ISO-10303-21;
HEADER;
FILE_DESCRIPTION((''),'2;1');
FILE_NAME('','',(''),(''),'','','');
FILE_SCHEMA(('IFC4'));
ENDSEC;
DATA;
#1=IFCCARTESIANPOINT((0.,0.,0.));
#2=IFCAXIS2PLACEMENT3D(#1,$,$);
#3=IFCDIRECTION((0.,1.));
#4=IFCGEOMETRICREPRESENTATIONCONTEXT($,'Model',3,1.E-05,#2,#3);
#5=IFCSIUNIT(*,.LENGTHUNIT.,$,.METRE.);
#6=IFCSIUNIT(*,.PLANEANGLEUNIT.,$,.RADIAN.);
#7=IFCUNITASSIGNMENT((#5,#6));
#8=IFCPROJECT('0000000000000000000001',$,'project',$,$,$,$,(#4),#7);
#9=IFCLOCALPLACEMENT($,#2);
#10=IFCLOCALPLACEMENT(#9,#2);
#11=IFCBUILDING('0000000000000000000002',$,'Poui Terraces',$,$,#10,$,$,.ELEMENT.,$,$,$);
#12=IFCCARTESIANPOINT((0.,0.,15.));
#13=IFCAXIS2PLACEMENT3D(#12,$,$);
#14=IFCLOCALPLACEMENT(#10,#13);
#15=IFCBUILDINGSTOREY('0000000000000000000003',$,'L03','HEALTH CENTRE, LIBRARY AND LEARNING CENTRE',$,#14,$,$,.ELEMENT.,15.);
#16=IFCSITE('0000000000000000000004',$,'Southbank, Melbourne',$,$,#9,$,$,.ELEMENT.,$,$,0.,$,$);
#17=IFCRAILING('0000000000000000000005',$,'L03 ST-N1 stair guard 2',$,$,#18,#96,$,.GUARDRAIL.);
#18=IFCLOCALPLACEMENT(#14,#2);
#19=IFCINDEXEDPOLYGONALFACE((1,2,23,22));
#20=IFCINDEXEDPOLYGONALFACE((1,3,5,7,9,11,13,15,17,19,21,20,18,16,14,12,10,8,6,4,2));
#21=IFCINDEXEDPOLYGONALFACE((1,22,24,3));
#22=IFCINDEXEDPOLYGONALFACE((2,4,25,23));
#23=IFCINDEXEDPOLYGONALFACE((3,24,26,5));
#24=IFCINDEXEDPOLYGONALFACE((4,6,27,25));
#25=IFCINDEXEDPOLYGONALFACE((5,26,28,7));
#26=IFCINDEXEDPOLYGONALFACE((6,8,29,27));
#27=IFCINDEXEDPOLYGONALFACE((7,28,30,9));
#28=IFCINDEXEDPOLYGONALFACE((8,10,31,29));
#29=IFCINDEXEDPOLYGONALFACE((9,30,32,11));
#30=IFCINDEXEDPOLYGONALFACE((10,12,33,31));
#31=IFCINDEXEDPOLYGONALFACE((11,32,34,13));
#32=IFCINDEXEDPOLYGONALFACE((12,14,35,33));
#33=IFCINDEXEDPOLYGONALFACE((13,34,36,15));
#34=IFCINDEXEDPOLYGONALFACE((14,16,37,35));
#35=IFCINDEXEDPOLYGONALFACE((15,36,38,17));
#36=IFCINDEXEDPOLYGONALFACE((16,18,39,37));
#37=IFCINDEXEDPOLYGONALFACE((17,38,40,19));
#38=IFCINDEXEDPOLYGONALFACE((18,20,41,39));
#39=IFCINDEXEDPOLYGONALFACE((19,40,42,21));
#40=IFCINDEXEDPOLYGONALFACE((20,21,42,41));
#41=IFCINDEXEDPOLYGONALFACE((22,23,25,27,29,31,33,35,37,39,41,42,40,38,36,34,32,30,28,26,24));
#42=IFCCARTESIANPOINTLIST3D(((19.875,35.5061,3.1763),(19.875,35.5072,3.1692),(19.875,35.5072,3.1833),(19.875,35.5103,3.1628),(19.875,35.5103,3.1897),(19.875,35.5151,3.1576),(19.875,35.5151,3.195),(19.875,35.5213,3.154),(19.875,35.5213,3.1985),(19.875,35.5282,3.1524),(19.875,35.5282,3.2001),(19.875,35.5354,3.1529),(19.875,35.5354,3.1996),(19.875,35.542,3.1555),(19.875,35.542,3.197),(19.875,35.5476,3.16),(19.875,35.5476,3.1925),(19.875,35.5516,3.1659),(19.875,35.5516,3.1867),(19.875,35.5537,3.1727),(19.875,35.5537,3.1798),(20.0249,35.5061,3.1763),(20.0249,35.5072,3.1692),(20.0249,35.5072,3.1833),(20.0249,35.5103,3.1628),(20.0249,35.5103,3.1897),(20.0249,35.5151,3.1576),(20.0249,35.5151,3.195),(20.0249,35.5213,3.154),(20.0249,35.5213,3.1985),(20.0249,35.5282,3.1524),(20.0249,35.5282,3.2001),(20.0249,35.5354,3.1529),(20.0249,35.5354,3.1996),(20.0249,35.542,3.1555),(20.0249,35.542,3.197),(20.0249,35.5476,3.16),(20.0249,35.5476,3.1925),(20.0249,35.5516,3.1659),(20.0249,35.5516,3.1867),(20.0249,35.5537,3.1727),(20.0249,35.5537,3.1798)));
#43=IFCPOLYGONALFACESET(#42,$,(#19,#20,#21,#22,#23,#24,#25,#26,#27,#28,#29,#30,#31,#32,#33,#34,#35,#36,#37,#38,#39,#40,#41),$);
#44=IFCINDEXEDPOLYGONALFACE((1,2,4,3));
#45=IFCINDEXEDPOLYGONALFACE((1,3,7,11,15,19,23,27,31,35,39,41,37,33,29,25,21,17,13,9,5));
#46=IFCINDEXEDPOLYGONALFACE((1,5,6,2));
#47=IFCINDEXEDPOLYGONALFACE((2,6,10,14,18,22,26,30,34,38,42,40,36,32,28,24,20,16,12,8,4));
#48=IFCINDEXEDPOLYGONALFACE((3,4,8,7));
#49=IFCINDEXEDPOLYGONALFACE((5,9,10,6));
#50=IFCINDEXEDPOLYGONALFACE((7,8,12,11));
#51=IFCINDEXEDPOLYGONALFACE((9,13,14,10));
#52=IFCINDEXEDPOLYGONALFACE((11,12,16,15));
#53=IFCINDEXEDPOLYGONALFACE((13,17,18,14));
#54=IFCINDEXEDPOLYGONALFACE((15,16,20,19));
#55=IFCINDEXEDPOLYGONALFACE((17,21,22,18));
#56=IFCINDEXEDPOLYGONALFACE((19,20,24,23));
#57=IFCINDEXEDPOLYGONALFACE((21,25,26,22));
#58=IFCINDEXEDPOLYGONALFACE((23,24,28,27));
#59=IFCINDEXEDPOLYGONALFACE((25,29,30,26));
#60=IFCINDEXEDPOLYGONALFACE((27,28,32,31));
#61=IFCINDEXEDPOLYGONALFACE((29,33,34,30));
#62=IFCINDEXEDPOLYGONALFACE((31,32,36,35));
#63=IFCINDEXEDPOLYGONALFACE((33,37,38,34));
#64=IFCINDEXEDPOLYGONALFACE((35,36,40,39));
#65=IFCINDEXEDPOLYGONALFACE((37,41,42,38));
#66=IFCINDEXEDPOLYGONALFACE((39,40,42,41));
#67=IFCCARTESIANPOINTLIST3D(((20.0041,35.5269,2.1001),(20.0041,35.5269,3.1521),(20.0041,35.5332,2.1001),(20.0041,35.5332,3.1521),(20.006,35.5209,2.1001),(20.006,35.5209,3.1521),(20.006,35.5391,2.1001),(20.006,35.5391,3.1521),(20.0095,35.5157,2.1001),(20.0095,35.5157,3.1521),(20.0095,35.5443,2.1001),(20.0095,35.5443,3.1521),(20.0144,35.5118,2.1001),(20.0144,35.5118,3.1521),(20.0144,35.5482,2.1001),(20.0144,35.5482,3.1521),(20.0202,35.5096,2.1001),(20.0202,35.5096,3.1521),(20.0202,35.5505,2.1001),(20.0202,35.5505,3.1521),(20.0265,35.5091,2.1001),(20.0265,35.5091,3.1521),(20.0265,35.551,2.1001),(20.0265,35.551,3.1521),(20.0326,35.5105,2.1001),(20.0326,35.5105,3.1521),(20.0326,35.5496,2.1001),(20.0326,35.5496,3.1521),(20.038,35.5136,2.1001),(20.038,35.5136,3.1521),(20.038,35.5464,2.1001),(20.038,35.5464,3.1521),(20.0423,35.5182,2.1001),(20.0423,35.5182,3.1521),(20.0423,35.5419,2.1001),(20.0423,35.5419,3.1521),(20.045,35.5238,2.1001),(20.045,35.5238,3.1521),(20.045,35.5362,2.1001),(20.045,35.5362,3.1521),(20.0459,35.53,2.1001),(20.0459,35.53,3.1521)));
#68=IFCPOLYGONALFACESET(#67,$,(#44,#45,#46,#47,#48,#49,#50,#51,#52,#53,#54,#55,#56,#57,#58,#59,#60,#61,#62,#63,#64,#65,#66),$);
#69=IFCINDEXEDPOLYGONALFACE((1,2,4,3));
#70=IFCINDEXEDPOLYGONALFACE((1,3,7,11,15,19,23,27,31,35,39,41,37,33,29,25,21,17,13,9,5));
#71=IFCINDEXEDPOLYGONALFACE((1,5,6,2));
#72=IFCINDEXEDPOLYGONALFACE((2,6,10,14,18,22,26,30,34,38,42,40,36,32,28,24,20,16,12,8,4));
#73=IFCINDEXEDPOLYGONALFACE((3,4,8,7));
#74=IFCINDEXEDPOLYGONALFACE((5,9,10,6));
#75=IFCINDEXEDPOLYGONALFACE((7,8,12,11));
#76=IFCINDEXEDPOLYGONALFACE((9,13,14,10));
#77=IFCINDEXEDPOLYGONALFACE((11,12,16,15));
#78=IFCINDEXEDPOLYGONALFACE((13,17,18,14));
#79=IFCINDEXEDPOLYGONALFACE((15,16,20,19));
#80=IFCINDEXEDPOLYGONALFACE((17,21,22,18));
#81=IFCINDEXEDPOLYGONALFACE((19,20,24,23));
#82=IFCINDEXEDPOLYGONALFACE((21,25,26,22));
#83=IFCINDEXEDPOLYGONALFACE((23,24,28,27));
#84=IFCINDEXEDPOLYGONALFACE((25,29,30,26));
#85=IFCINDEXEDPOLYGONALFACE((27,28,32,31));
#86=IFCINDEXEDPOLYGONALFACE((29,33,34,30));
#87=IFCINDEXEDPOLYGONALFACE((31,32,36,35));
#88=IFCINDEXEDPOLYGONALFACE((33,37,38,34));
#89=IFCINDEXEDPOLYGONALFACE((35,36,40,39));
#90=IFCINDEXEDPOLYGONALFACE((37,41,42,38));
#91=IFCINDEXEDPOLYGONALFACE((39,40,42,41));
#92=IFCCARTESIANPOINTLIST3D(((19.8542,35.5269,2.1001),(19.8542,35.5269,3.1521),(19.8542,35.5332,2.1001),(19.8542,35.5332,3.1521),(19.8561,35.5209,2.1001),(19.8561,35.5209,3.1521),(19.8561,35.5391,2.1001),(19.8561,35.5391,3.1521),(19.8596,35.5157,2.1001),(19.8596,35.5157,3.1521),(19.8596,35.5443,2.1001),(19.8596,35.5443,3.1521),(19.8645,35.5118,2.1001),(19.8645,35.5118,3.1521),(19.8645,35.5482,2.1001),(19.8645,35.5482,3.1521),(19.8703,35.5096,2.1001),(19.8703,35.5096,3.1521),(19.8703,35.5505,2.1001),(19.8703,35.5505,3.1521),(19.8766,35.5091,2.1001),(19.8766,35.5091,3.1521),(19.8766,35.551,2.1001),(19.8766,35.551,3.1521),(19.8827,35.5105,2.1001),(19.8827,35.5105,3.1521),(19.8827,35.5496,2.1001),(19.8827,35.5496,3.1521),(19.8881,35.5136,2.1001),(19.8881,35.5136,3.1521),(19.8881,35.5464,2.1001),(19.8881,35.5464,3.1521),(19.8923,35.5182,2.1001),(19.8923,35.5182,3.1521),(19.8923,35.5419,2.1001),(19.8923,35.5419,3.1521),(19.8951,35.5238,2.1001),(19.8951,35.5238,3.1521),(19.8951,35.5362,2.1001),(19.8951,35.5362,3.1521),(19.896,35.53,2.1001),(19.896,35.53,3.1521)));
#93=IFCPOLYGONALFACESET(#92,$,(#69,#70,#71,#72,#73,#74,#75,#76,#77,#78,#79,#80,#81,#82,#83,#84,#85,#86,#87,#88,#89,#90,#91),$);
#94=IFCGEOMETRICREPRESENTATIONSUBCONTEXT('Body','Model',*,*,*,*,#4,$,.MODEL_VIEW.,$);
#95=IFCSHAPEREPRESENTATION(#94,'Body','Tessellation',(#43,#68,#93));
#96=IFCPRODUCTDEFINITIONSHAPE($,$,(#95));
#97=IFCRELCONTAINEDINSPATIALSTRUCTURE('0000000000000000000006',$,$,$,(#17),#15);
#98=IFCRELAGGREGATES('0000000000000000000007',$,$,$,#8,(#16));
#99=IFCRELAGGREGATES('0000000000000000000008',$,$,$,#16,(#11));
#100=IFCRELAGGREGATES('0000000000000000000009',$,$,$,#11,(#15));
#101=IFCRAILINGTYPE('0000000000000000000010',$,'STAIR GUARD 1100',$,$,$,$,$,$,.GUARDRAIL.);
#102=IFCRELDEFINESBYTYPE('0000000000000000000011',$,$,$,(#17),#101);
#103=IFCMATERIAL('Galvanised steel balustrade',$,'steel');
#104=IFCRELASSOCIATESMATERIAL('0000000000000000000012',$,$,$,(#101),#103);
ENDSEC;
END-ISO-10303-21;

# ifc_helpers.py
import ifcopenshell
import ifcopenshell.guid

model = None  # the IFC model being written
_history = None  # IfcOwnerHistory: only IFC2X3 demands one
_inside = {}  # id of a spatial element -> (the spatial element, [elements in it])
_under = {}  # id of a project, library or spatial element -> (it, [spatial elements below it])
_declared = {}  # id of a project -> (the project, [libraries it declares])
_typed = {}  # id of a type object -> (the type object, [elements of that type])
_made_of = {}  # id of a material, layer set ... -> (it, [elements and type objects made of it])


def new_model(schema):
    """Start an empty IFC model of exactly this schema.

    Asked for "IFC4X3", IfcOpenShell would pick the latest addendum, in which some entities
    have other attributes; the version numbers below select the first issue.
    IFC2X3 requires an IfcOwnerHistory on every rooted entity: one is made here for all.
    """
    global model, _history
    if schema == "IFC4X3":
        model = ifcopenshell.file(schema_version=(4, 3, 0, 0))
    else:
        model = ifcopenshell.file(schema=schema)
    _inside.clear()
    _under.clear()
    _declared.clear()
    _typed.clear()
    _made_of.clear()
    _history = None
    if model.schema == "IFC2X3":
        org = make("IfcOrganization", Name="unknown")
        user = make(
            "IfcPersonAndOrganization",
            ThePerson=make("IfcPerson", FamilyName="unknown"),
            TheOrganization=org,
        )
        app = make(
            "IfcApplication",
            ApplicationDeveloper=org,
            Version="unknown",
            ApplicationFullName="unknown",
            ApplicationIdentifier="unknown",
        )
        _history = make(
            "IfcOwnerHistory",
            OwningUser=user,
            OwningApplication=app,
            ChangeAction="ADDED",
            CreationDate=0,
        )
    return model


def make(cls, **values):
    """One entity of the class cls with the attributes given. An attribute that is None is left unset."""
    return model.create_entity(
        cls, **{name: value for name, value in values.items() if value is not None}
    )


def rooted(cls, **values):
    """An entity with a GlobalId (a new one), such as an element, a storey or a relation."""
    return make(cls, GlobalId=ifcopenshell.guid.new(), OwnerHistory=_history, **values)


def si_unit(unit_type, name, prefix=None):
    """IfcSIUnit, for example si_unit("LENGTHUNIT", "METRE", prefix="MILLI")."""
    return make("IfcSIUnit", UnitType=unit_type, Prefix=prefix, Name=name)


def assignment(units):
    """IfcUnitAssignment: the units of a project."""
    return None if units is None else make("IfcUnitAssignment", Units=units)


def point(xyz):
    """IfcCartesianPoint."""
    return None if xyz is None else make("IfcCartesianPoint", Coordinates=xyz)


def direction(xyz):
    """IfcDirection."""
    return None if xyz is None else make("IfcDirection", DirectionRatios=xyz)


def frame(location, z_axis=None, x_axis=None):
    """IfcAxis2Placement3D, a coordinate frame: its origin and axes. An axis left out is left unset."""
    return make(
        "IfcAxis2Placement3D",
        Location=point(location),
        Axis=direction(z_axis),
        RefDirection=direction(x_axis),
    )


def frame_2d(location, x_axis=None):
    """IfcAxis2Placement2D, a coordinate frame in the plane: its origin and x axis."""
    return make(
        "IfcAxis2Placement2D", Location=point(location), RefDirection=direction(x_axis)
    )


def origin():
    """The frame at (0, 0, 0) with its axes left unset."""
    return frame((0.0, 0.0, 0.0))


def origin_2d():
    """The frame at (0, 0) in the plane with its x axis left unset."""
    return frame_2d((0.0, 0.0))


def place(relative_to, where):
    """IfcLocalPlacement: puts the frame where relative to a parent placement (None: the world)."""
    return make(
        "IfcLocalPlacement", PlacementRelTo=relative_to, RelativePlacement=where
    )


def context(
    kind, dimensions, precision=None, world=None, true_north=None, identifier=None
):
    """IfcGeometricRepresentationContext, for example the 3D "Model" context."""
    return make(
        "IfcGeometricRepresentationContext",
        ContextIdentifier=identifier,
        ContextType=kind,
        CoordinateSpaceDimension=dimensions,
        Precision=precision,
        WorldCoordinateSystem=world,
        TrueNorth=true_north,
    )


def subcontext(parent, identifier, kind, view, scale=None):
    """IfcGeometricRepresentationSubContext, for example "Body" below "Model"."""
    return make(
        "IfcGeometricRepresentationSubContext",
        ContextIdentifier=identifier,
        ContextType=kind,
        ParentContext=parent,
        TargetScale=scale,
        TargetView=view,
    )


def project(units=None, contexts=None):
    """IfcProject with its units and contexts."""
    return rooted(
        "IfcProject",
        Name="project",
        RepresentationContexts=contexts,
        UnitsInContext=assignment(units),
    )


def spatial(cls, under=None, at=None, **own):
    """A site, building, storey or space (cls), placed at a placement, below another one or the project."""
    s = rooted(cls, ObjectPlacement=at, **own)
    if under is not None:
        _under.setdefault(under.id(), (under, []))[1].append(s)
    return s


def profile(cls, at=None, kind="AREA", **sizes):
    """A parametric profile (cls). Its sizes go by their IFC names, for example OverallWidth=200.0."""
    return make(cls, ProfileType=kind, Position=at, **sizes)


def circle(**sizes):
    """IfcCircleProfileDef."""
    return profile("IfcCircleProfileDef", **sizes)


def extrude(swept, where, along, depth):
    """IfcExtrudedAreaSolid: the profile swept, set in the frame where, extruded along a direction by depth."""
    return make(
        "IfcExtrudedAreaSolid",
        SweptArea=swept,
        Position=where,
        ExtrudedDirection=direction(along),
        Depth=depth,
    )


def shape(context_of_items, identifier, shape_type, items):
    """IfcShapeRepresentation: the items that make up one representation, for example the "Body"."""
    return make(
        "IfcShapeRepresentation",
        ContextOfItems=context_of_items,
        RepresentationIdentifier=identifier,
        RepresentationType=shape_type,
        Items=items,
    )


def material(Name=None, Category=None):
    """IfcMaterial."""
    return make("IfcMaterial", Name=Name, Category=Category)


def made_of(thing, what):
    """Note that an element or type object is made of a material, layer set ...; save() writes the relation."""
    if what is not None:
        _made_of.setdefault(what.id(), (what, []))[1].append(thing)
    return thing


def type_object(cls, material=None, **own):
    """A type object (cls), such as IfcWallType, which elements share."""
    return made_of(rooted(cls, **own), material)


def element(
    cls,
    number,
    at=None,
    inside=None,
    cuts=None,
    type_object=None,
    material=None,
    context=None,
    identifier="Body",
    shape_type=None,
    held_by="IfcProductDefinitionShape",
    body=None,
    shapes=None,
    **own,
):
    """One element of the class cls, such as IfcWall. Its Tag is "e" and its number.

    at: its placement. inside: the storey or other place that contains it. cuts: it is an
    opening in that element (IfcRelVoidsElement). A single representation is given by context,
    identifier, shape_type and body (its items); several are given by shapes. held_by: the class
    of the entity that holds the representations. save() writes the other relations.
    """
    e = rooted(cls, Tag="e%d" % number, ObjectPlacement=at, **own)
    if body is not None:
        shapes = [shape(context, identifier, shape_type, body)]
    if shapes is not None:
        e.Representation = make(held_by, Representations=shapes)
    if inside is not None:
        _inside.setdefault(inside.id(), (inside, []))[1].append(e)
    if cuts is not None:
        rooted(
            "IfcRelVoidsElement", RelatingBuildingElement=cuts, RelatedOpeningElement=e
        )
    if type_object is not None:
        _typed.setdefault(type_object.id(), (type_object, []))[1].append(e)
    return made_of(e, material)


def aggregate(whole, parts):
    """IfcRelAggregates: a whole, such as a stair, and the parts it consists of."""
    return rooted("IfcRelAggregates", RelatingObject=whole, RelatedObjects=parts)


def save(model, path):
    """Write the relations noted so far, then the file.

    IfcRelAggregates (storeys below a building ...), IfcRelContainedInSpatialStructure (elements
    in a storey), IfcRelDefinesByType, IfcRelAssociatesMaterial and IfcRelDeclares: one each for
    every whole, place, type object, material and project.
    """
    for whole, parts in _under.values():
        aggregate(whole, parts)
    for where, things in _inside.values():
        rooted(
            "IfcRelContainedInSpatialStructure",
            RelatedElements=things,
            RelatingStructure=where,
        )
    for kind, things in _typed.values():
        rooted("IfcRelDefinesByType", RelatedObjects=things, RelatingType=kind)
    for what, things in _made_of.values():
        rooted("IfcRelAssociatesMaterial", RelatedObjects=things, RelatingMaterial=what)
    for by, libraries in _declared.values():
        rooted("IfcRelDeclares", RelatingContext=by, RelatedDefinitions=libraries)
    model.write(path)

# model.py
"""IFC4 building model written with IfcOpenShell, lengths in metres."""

from ifc_helpers import new_model, si_unit, direction, frame, origin, origin_2d, place, context, subcontext, project, spatial, circle, extrude, material, type_object, element, save


model = new_model("IFC4")

# Units and contexts
model_context = context("Model", 3, precision=1e-05, world=origin(), true_north=direction((0.0, 1.0)))
body_context = subcontext(model_context, "Body", "Model", "MODEL_VIEW")
ifc_project = project(units=[si_unit("LENGTHUNIT", "METRE"), si_unit("PLANEANGLEUNIT", "RADIAN")], contexts=[model_context])

# Site, building, storey
site_placement = place(None, origin())
site = spatial("IfcSite", under=ifc_project, at=site_placement, Name="Southbank, Melbourne", CompositionType="ELEMENT", RefElevation=0.0)
building_placement = place(site_placement, origin())
building = spatial("IfcBuilding", under=site, at=building_placement, Name="Poui Terraces", CompositionType="ELEMENT")
storey_placement = place(building_placement, frame((0.0, 0.0, 15.0)))
storey = spatial("IfcBuildingStorey", under=building, at=storey_placement, Name="L03", Description="HEALTH CENTRE, LIBRARY AND LEARNING CENTRE", CompositionType="ELEMENT", Elevation=15.0)

# Railing
ifc_material_1 = material(Name="Galvanised steel balustrade", Category="steel")
railing_type_1 = type_object("IfcRailingType", Name="STAIR GUARD 1100", PredefinedType="GUARDRAIL", material=ifc_material_1)
railing_1_placement = place(storey_placement, frame((20.0249, 35.53, 2.1001)))
element("IfcRailing", 1, at=railing_1_placement, inside=storey, type_object=railing_type_1, Name="L03 ST-N1 stair guard 2", PredefinedType="GUARDRAIL", context=body_context, shape_type="SweptSolid", body=[
    extrude(circle(Radius=0.0239, at=origin_2d()), frame((0.0, 0.0, 1.0762), z_axis=(-1.0, 0.0, 0.0), x_axis=(0.0, -1.0, 0.0)), (0.0, 0.0, 1.0), 0.1499),
    extrude(circle(Radius=0.021, at=origin_2d()), origin(), (0.0, 0.0, 1.0), 1.052),
    extrude(circle(Radius=0.021, at=origin_2d()), frame((-0.1499, 0.0, 0.0)), (0.0, 0.0, 1.0), 1.052),
])

save(model, "model.ifc")
